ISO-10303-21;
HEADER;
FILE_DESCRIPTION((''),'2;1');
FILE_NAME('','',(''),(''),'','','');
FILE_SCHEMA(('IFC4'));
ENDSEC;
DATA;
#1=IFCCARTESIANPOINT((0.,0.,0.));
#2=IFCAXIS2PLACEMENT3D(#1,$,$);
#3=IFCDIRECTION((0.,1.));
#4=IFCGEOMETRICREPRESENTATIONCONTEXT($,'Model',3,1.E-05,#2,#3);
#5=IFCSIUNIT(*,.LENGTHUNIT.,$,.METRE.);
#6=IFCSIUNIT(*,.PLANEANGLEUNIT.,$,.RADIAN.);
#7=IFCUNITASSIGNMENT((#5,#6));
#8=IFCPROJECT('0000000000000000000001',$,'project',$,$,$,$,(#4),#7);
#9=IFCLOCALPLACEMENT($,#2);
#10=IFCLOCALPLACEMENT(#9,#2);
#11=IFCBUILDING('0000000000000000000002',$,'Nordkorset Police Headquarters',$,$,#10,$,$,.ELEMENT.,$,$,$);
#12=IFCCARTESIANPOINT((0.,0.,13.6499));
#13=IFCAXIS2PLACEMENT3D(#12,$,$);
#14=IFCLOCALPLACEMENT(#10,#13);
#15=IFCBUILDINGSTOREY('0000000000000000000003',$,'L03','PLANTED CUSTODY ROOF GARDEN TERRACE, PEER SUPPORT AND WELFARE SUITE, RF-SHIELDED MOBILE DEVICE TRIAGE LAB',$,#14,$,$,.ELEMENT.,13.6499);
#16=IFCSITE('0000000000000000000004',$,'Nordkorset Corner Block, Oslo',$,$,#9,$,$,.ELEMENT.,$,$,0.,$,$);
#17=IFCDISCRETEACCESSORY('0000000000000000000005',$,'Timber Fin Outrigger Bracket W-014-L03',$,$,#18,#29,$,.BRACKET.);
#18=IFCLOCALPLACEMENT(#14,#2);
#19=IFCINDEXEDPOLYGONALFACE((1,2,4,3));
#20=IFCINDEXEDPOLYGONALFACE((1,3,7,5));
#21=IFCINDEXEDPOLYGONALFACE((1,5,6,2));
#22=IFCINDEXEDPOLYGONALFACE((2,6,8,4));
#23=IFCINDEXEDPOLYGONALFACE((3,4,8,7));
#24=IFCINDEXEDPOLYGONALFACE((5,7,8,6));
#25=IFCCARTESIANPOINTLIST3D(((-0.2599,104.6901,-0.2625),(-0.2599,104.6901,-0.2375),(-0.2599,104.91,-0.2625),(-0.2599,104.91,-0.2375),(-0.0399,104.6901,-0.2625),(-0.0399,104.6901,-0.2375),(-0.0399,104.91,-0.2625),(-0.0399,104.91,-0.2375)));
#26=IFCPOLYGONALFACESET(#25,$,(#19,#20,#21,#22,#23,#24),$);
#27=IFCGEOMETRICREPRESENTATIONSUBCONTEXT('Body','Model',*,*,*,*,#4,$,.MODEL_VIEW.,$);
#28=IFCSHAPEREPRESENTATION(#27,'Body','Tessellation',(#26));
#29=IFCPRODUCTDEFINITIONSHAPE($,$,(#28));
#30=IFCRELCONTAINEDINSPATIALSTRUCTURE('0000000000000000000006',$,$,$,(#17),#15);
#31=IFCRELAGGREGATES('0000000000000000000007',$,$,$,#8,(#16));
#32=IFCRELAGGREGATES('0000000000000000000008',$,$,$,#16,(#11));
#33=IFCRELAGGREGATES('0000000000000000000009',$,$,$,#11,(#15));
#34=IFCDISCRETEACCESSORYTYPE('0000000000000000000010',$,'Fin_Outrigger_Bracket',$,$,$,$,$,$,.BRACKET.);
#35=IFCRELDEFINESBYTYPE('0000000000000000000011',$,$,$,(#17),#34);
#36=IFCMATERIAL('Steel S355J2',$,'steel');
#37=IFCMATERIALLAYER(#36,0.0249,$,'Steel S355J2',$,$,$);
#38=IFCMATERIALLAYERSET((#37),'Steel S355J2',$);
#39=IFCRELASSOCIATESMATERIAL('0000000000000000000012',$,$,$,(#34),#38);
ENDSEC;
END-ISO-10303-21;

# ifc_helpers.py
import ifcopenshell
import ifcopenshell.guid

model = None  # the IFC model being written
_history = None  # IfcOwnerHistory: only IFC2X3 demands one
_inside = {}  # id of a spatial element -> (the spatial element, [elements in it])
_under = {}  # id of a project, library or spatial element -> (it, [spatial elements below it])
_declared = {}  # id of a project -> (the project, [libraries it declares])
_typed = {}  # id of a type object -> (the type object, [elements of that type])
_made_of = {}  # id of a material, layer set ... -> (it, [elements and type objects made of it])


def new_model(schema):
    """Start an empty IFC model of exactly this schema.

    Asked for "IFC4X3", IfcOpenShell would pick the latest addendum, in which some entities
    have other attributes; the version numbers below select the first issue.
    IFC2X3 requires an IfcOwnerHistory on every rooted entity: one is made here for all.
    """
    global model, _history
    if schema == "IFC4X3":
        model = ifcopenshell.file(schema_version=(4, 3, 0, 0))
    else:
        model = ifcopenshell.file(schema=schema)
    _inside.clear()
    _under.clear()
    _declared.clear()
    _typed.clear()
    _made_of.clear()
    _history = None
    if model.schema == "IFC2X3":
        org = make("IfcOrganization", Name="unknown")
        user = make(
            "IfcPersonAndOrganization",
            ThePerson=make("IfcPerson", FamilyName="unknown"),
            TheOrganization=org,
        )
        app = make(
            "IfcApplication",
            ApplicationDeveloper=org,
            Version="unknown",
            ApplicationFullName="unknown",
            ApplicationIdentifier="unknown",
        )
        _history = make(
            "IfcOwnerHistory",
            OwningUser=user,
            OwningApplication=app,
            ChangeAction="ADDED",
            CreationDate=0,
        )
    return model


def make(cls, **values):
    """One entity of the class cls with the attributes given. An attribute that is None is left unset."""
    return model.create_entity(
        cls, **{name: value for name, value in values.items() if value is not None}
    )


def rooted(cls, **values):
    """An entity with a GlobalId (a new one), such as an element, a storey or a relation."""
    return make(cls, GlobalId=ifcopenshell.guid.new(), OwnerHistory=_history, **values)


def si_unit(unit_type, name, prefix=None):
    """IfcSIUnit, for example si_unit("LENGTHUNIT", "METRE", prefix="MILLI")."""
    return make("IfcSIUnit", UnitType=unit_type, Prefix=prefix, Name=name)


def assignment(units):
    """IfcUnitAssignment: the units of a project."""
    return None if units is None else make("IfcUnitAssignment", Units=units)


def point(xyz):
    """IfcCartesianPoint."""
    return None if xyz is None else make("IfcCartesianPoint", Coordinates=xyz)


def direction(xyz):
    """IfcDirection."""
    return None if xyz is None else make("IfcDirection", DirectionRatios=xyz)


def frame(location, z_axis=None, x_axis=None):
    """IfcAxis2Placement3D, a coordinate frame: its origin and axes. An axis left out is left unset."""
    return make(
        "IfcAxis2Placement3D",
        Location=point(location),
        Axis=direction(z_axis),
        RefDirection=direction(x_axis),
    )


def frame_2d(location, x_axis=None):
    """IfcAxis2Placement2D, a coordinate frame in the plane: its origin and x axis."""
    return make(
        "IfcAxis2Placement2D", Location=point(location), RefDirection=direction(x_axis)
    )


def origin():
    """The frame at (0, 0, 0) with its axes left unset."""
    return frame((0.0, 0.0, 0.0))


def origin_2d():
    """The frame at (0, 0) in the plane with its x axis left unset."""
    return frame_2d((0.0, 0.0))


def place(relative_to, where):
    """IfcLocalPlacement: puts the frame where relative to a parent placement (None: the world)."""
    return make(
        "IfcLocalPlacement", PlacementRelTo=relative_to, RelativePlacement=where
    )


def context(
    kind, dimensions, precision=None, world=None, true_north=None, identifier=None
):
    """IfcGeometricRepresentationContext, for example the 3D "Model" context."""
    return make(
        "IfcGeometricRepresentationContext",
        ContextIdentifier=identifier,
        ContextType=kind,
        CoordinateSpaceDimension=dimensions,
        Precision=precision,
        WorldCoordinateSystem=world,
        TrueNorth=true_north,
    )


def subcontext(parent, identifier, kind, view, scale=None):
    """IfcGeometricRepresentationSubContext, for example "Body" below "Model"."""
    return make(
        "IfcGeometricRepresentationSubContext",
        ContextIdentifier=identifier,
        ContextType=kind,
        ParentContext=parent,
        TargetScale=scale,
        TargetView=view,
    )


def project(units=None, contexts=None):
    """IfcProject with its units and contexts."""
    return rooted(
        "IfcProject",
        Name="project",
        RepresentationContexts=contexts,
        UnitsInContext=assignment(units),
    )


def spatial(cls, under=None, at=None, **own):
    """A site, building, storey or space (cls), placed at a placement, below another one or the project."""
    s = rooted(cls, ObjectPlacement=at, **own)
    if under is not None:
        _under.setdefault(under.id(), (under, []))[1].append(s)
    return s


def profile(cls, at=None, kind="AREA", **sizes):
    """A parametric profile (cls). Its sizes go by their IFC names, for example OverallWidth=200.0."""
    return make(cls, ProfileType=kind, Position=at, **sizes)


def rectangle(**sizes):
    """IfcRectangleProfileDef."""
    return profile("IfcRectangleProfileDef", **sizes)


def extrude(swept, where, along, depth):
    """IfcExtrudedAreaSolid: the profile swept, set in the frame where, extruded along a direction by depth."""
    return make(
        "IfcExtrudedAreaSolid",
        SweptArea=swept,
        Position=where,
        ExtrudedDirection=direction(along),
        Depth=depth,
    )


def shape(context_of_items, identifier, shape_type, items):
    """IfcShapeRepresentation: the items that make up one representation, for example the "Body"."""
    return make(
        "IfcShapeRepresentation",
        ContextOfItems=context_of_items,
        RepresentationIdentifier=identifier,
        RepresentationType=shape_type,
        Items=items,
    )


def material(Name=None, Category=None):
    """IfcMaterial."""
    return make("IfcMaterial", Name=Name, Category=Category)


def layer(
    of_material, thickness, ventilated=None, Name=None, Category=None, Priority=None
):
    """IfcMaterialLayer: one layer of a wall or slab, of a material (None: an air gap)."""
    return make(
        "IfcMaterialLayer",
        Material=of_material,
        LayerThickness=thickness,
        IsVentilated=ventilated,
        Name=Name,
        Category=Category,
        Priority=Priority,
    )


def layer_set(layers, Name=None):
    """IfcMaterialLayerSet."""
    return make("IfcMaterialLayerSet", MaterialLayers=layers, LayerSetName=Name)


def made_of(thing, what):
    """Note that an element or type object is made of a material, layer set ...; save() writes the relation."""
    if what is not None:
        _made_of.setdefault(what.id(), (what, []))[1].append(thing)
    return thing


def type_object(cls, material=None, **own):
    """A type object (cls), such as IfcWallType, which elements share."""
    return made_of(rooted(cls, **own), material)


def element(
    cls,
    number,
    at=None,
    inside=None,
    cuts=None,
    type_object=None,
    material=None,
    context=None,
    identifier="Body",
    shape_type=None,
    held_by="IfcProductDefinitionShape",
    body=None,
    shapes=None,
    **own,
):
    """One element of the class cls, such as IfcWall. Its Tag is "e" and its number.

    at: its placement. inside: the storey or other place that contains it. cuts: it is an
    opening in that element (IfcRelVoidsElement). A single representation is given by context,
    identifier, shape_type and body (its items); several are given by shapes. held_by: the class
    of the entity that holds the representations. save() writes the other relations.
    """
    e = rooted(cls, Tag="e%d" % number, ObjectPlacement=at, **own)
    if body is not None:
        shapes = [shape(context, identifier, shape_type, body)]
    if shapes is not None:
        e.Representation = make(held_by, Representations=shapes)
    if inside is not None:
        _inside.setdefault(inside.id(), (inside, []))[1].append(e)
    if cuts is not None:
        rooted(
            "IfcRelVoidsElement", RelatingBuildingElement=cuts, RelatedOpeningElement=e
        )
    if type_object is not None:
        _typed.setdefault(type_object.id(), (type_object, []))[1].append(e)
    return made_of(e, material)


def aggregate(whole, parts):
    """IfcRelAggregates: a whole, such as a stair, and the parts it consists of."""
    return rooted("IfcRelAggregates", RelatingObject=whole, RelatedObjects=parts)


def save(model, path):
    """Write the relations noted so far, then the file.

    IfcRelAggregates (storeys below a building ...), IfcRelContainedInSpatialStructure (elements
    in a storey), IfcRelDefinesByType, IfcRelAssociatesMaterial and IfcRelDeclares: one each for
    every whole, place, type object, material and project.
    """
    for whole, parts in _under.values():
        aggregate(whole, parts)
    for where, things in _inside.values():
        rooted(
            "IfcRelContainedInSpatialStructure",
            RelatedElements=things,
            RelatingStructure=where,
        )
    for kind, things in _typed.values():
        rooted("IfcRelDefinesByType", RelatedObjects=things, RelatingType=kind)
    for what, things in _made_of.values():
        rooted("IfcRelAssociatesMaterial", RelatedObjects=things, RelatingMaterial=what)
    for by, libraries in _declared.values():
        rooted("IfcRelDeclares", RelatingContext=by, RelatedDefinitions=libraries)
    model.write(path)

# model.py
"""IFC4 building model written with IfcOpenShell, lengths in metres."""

from ifc_helpers import new_model, si_unit, direction, frame, origin, origin_2d, place, context, subcontext, project, spatial, rectangle, extrude, material, layer, layer_set, type_object, element, save


model = new_model("IFC4")

# Units and contexts
model_context = context("Model", 3, precision=1e-05, world=origin(), true_north=direction((0.0, 1.0)))
body_context = subcontext(model_context, "Body", "Model", "MODEL_VIEW")
ifc_project = project(units=[si_unit("LENGTHUNIT", "METRE"), si_unit("PLANEANGLEUNIT", "RADIAN")], contexts=[model_context])

# Site, building, storey
site_placement = place(None, origin())
site = spatial("IfcSite", under=ifc_project, at=site_placement, Name="Nordkorset Corner Block, Oslo", CompositionType="ELEMENT", RefElevation=0.0)
building_placement = place(site_placement, origin())
building = spatial("IfcBuilding", under=site, at=building_placement, Name="Nordkorset Police Headquarters", CompositionType="ELEMENT")
storey_placement = place(building_placement, frame((0.0, 0.0, 13.6499)))
storey = spatial("IfcBuildingStorey", under=building, at=storey_placement, Name="L03", Description="PLANTED CUSTODY ROOF GARDEN TERRACE, PEER SUPPORT AND WELFARE SUITE, RF-SHIELDED MOBILE DEVICE TRIAGE LAB", CompositionType="ELEMENT", Elevation=13.6499)

# Discrete accessory
ifc_material_1 = material(Name="Steel S355J2", Category="steel")
ifc_layer_1 = layer(ifc_material_1, 0.0249, Name="Steel S355J2")
ifc_layer_set_1 = layer_set([ifc_layer_1], Name="Steel S355J2")
discrete_accessory_type = type_object("IfcDiscreteAccessoryType", Name="Fin_Outrigger_Bracket", PredefinedType="BRACKET", material=ifc_layer_set_1)
for number, where, z_axis, x_axis, name in (
    (1, (-0.1499, 104.8, -0.2625), (0.0, 0.0, 1.0), (1.0, 0.0, 0.0), "Timber Fin Outrigger Bracket W-014-L03"),
):
    element("IfcDiscreteAccessory", number, at=place(storey_placement, frame(where, z_axis=z_axis, x_axis=x_axis)), inside=storey, type_object=discrete_accessory_type, Name=name, PredefinedType="BRACKET", context=body_context, shape_type="SweptSolid", body=[
        extrude(rectangle(XDim=0.22, YDim=0.22, at=origin_2d()), origin(), (0.0, 0.0, 1.0), 0.0249),
    ])

save(model, "model.ifc")
